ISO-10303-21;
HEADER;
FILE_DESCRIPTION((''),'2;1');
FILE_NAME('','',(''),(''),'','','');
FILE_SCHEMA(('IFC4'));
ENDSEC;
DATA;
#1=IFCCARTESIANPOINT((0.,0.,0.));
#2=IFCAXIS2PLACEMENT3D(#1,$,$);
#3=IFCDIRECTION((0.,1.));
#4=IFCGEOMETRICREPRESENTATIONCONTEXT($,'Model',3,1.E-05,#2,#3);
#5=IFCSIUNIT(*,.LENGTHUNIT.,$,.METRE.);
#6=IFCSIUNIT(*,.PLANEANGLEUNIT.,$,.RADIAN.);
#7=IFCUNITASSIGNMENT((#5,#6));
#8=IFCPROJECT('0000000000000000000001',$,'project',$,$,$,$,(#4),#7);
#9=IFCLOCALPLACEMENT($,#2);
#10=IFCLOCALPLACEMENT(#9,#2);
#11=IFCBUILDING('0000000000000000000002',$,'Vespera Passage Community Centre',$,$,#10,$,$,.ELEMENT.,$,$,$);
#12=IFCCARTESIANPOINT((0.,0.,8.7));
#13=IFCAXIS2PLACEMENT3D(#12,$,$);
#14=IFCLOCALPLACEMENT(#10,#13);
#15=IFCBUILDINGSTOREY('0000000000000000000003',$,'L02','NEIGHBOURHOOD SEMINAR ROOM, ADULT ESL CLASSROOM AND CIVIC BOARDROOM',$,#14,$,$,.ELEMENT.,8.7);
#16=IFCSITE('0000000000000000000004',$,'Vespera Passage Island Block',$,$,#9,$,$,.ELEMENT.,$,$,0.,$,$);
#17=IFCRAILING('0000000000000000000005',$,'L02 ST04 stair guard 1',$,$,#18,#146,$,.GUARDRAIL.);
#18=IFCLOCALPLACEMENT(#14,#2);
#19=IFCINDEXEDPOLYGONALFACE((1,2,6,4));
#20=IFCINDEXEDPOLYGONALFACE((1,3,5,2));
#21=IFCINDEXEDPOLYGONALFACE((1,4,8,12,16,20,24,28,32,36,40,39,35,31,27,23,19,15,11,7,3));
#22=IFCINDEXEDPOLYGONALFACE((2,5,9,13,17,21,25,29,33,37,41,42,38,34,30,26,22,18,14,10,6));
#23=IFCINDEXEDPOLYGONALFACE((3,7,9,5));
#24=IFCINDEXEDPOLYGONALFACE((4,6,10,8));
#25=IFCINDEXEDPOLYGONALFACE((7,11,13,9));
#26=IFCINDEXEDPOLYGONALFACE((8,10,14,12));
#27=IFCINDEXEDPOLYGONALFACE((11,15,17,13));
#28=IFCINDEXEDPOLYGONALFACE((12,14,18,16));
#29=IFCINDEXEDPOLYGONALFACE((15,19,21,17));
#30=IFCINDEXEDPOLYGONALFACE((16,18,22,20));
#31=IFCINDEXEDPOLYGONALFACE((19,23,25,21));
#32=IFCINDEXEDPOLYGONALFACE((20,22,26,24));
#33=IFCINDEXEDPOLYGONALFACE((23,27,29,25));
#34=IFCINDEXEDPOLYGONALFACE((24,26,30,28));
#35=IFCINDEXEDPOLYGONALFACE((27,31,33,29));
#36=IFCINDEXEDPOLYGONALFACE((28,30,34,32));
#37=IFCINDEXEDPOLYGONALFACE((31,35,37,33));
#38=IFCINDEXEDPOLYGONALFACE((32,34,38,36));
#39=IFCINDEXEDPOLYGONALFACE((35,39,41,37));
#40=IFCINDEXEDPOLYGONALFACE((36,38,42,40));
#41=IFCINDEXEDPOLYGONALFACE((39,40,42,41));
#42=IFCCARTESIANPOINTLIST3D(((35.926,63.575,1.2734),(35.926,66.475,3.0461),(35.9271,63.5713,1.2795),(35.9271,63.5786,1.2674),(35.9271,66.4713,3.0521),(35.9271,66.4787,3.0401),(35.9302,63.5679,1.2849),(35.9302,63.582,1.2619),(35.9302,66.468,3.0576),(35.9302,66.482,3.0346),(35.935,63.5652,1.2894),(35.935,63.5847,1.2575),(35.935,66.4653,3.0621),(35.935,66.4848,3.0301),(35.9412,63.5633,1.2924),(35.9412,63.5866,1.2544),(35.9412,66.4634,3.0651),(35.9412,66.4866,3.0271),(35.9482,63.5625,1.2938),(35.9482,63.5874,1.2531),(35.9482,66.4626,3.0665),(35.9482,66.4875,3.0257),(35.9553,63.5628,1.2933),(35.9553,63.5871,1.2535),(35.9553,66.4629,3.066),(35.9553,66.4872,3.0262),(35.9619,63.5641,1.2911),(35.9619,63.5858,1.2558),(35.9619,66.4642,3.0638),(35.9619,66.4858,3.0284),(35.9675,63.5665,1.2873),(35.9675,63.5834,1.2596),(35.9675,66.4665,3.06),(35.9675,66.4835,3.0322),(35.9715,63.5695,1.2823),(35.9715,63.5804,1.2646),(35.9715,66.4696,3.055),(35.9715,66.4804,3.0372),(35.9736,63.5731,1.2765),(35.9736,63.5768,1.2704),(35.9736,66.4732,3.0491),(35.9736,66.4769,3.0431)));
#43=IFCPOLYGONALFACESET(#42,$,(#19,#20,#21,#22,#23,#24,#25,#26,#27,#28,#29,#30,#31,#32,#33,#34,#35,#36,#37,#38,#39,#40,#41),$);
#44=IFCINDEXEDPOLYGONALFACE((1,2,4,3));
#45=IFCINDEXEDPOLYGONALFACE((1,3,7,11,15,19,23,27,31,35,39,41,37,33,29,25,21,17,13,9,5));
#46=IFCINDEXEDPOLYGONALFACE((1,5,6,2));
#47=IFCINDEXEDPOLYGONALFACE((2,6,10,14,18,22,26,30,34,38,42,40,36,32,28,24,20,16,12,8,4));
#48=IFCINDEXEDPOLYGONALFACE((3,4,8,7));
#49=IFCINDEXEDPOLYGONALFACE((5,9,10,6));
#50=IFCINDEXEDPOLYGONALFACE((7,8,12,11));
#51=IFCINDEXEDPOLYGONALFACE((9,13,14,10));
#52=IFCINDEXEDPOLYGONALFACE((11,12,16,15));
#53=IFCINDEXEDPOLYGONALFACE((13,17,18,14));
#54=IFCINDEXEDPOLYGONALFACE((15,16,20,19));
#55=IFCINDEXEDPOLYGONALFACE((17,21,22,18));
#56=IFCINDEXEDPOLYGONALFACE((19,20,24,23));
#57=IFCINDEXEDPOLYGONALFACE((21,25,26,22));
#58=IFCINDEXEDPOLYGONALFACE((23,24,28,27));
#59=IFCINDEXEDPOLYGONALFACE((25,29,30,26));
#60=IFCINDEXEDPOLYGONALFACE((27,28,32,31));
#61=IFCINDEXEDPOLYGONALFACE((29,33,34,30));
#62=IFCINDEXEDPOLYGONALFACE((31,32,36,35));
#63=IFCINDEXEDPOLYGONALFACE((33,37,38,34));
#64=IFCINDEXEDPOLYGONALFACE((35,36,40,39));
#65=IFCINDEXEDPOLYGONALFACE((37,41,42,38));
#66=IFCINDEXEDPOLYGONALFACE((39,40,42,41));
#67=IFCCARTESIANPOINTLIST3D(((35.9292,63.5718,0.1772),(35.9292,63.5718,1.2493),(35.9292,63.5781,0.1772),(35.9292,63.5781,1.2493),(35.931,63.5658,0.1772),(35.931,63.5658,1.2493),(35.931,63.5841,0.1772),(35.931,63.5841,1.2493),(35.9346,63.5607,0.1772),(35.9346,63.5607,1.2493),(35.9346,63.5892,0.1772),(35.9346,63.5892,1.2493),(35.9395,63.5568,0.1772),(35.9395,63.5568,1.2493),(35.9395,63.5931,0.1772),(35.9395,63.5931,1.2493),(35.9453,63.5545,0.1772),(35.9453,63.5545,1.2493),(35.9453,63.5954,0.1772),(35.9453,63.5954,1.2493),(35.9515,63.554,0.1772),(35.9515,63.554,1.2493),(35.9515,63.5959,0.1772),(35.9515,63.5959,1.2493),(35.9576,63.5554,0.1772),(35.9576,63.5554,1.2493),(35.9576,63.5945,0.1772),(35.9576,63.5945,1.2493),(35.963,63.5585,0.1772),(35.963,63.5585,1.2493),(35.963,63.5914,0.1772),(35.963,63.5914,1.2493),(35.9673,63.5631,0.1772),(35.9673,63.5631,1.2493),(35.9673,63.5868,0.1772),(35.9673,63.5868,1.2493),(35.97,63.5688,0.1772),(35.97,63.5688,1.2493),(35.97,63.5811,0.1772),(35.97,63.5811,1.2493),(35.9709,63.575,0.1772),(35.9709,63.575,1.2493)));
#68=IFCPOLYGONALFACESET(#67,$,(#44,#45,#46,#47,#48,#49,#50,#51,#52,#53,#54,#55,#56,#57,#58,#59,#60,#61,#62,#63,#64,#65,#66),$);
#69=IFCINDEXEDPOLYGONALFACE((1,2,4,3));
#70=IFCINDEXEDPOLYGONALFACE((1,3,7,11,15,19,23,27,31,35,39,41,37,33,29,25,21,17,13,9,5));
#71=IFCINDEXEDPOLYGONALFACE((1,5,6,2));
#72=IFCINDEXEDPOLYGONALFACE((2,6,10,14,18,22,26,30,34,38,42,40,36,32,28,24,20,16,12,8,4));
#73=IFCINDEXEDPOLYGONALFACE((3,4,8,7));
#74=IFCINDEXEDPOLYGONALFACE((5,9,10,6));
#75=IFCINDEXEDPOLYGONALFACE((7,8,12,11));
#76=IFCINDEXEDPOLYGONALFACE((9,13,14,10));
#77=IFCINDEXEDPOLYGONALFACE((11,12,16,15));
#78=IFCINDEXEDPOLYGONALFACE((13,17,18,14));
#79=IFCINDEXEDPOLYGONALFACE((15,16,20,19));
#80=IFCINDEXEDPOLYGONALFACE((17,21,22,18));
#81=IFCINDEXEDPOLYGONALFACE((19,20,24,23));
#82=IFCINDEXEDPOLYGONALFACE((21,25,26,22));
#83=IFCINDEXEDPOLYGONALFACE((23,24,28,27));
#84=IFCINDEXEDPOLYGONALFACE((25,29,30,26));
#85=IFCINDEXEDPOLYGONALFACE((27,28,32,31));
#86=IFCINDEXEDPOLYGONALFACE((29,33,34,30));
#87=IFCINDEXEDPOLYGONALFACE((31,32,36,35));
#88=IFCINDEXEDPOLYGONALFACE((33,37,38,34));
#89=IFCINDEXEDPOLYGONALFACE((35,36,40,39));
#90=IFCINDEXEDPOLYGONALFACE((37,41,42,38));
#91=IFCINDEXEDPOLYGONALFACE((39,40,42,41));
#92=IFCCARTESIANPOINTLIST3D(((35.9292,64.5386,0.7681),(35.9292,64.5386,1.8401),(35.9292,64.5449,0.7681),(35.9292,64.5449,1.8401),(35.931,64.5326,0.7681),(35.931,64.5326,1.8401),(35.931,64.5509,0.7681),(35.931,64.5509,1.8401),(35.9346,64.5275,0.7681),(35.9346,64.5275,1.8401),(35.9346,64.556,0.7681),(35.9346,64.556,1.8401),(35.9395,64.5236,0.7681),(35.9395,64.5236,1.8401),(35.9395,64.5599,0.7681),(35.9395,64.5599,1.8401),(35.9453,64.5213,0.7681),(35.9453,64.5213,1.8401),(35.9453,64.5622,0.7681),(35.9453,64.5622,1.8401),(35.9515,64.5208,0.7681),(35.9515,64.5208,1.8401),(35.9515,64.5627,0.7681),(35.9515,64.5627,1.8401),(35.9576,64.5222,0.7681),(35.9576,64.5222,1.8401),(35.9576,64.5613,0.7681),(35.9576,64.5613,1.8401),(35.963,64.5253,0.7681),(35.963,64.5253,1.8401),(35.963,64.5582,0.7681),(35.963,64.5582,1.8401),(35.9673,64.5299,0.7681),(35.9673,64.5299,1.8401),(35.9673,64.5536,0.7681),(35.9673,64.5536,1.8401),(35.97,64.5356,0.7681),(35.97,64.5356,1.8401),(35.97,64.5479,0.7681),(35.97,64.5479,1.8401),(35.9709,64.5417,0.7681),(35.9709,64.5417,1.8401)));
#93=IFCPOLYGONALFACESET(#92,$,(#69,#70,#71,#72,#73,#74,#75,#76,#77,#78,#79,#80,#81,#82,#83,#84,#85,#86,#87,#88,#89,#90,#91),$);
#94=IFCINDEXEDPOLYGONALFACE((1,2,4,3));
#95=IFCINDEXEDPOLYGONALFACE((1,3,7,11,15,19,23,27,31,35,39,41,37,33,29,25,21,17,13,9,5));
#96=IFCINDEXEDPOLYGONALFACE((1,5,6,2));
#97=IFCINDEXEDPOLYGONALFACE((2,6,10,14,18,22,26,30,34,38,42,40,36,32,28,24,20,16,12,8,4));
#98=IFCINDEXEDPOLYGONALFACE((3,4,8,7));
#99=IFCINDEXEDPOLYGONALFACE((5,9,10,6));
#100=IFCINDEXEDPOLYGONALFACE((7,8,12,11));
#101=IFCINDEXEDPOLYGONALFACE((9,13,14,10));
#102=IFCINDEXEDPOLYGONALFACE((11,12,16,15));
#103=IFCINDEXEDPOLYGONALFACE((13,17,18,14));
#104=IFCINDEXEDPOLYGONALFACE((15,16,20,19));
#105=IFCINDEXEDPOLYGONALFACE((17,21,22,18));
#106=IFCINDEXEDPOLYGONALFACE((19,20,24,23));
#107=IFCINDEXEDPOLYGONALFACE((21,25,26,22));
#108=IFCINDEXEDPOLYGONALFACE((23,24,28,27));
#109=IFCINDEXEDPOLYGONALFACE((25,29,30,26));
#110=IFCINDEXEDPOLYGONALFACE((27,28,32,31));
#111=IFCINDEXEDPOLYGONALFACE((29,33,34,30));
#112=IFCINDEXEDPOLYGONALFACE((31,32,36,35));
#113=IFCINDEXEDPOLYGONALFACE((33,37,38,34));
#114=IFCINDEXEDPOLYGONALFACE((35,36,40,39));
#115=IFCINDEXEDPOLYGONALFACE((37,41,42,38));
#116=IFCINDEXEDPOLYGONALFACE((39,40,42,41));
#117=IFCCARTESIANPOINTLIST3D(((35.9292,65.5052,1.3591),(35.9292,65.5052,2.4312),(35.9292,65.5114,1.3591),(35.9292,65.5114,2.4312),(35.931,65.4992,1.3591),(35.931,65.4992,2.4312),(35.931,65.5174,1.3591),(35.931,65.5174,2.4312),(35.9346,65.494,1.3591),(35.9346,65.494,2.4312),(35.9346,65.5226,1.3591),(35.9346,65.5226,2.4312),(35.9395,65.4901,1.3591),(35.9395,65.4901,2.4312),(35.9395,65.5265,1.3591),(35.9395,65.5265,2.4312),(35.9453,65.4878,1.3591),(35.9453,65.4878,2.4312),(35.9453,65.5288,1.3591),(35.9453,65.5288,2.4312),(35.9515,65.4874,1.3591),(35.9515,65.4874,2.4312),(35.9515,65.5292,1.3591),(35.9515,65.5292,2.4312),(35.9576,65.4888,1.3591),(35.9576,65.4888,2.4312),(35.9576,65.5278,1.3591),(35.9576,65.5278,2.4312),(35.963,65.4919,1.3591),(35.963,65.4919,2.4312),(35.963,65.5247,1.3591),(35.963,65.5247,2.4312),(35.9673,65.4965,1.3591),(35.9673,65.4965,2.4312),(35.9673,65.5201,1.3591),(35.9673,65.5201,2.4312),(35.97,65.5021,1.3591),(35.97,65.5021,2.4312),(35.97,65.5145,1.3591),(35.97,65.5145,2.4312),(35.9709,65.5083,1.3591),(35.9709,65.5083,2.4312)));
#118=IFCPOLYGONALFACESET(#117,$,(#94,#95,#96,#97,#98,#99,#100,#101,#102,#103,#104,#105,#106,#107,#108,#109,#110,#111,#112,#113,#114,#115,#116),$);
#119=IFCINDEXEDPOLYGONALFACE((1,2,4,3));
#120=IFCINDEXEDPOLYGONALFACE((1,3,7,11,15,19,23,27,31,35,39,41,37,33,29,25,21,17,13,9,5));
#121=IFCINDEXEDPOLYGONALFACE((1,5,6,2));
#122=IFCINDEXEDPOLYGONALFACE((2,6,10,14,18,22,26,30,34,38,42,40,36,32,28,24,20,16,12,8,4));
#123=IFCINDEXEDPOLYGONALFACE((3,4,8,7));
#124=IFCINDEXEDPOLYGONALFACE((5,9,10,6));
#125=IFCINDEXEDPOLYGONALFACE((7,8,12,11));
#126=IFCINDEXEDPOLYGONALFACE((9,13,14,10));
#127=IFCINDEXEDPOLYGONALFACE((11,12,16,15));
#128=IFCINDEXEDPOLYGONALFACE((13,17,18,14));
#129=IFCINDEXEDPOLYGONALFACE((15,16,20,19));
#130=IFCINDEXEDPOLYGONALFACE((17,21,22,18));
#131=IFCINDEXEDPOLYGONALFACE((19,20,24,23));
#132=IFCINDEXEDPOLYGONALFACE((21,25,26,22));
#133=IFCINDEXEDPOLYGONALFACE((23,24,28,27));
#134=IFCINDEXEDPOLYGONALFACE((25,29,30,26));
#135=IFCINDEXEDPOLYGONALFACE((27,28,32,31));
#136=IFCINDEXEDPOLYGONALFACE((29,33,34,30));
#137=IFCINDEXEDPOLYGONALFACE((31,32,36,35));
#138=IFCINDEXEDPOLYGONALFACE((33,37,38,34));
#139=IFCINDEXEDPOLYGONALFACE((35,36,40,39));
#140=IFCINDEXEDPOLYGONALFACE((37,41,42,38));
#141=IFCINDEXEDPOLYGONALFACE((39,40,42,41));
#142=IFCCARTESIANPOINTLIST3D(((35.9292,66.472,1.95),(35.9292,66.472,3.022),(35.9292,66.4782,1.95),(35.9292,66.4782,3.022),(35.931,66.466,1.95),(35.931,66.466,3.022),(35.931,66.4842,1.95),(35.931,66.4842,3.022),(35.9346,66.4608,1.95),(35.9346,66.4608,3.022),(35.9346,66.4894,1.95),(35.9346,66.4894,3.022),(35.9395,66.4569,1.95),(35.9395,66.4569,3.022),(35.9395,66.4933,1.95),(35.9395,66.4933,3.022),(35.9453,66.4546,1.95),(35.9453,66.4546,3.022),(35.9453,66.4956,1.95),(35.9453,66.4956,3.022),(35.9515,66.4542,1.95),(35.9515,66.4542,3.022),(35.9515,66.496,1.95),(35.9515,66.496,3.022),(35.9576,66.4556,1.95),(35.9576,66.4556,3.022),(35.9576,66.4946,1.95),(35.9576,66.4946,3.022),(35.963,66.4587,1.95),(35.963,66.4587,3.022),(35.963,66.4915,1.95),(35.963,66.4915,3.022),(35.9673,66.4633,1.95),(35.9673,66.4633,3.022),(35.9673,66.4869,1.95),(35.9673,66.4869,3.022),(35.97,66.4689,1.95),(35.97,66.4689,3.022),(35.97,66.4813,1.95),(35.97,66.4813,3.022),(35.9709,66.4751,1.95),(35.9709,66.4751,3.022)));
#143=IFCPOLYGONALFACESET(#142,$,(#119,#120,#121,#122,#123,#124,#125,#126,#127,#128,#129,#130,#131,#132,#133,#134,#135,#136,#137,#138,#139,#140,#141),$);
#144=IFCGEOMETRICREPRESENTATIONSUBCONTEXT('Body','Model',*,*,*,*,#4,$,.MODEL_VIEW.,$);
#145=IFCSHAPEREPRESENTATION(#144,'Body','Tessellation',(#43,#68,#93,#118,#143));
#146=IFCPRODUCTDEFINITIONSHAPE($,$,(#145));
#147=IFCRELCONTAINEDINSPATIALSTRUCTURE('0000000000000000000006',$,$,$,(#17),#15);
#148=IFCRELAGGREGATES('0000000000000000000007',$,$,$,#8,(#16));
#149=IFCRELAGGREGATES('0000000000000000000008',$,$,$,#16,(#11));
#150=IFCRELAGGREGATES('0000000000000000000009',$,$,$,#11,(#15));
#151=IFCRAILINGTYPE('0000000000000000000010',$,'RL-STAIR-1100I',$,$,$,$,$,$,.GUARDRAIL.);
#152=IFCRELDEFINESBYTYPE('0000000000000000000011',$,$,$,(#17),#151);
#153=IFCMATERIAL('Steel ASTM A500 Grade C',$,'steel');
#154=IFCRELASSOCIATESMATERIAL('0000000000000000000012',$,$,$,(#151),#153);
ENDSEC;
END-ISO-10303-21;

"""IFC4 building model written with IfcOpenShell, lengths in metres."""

from ifc_helpers import new_model, si_unit, direction, frame, origin, origin_2d, place, context, subcontext, project, spatial, circle, extrude, material, type_object, element, save


model = new_model("IFC4")

# Units and contexts
model_context = context("Model", 3, precision=1e-05, world=origin(), true_north=direction((0.0, 1.0)))
body_context = subcontext(model_context, "Body", "Model", "MODEL_VIEW")
ifc_project = project(units=[si_unit("LENGTHUNIT", "METRE"), si_unit("PLANEANGLEUNIT", "RADIAN")], contexts=[model_context])

# Site, building, storey
site_placement = place(None, origin())
site = spatial("IfcSite", under=ifc_project, at=site_placement, Name="Vespera Passage Island Block", CompositionType="ELEMENT", RefElevation=0.0)
building_placement = place(site_placement, origin())
building = spatial("IfcBuilding", under=site, at=building_placement, Name="Vespera Passage Community Centre", CompositionType="ELEMENT")
storey_placement = place(building_placement, frame((0.0, 0.0, 8.7)))
storey = spatial("IfcBuildingStorey", under=building, at=storey_placement, Name="L02", Description="NEIGHBOURHOOD SEMINAR ROOM, ADULT ESL CLASSROOM AND CIVIC BOARDROOM", CompositionType="ELEMENT", Elevation=8.7)

# Railing
ifc_material_1 = material(Name="Steel ASTM A500 Grade C", Category="steel")
railing_type_1 = type_object("IfcRailingType", Name="RL-STAIR-1100I", PredefinedType="GUARDRAIL", material=ifc_material_1)
railing_1_placement = place(storey_placement, frame((35.95, 63.575, 0.1772)))
element("IfcRailing", 1, at=railing_1_placement, inside=storey, type_object=railing_type_1, Name="L02 ST04 stair guard 1", PredefinedType="GUARDRAIL", context=body_context, shape_type="SweptSolid", body=[
    extrude(circle(Radius=0.0239, at=origin_2d()), frame((0.0, 0.0, 1.0962), z_axis=(0.0, 0.85323, 0.521534), x_axis=(-1.0, 0.0, 0.0)), (0.0, 0.0, 1.0), 3.3989),
    extrude(circle(Radius=0.021, at=origin_2d()), origin(), (0.0, 0.0, 1.0), 1.072),
    extrude(circle(Radius=0.021, at=origin_2d()), frame((0.0, 0.9668, 0.5908)), (0.0, 0.0, 1.0), 1.072),
    extrude(circle(Radius=0.021, at=origin_2d()), frame((0.0, 1.9333, 1.1819)), (0.0, 0.0, 1.0), 1.072),
    extrude(circle(Radius=0.021, at=origin_2d()), frame((0.0, 2.9001, 1.7727)), (0.0, 0.0, 1.0), 1.072),
])

save(model, "model.ifc")
